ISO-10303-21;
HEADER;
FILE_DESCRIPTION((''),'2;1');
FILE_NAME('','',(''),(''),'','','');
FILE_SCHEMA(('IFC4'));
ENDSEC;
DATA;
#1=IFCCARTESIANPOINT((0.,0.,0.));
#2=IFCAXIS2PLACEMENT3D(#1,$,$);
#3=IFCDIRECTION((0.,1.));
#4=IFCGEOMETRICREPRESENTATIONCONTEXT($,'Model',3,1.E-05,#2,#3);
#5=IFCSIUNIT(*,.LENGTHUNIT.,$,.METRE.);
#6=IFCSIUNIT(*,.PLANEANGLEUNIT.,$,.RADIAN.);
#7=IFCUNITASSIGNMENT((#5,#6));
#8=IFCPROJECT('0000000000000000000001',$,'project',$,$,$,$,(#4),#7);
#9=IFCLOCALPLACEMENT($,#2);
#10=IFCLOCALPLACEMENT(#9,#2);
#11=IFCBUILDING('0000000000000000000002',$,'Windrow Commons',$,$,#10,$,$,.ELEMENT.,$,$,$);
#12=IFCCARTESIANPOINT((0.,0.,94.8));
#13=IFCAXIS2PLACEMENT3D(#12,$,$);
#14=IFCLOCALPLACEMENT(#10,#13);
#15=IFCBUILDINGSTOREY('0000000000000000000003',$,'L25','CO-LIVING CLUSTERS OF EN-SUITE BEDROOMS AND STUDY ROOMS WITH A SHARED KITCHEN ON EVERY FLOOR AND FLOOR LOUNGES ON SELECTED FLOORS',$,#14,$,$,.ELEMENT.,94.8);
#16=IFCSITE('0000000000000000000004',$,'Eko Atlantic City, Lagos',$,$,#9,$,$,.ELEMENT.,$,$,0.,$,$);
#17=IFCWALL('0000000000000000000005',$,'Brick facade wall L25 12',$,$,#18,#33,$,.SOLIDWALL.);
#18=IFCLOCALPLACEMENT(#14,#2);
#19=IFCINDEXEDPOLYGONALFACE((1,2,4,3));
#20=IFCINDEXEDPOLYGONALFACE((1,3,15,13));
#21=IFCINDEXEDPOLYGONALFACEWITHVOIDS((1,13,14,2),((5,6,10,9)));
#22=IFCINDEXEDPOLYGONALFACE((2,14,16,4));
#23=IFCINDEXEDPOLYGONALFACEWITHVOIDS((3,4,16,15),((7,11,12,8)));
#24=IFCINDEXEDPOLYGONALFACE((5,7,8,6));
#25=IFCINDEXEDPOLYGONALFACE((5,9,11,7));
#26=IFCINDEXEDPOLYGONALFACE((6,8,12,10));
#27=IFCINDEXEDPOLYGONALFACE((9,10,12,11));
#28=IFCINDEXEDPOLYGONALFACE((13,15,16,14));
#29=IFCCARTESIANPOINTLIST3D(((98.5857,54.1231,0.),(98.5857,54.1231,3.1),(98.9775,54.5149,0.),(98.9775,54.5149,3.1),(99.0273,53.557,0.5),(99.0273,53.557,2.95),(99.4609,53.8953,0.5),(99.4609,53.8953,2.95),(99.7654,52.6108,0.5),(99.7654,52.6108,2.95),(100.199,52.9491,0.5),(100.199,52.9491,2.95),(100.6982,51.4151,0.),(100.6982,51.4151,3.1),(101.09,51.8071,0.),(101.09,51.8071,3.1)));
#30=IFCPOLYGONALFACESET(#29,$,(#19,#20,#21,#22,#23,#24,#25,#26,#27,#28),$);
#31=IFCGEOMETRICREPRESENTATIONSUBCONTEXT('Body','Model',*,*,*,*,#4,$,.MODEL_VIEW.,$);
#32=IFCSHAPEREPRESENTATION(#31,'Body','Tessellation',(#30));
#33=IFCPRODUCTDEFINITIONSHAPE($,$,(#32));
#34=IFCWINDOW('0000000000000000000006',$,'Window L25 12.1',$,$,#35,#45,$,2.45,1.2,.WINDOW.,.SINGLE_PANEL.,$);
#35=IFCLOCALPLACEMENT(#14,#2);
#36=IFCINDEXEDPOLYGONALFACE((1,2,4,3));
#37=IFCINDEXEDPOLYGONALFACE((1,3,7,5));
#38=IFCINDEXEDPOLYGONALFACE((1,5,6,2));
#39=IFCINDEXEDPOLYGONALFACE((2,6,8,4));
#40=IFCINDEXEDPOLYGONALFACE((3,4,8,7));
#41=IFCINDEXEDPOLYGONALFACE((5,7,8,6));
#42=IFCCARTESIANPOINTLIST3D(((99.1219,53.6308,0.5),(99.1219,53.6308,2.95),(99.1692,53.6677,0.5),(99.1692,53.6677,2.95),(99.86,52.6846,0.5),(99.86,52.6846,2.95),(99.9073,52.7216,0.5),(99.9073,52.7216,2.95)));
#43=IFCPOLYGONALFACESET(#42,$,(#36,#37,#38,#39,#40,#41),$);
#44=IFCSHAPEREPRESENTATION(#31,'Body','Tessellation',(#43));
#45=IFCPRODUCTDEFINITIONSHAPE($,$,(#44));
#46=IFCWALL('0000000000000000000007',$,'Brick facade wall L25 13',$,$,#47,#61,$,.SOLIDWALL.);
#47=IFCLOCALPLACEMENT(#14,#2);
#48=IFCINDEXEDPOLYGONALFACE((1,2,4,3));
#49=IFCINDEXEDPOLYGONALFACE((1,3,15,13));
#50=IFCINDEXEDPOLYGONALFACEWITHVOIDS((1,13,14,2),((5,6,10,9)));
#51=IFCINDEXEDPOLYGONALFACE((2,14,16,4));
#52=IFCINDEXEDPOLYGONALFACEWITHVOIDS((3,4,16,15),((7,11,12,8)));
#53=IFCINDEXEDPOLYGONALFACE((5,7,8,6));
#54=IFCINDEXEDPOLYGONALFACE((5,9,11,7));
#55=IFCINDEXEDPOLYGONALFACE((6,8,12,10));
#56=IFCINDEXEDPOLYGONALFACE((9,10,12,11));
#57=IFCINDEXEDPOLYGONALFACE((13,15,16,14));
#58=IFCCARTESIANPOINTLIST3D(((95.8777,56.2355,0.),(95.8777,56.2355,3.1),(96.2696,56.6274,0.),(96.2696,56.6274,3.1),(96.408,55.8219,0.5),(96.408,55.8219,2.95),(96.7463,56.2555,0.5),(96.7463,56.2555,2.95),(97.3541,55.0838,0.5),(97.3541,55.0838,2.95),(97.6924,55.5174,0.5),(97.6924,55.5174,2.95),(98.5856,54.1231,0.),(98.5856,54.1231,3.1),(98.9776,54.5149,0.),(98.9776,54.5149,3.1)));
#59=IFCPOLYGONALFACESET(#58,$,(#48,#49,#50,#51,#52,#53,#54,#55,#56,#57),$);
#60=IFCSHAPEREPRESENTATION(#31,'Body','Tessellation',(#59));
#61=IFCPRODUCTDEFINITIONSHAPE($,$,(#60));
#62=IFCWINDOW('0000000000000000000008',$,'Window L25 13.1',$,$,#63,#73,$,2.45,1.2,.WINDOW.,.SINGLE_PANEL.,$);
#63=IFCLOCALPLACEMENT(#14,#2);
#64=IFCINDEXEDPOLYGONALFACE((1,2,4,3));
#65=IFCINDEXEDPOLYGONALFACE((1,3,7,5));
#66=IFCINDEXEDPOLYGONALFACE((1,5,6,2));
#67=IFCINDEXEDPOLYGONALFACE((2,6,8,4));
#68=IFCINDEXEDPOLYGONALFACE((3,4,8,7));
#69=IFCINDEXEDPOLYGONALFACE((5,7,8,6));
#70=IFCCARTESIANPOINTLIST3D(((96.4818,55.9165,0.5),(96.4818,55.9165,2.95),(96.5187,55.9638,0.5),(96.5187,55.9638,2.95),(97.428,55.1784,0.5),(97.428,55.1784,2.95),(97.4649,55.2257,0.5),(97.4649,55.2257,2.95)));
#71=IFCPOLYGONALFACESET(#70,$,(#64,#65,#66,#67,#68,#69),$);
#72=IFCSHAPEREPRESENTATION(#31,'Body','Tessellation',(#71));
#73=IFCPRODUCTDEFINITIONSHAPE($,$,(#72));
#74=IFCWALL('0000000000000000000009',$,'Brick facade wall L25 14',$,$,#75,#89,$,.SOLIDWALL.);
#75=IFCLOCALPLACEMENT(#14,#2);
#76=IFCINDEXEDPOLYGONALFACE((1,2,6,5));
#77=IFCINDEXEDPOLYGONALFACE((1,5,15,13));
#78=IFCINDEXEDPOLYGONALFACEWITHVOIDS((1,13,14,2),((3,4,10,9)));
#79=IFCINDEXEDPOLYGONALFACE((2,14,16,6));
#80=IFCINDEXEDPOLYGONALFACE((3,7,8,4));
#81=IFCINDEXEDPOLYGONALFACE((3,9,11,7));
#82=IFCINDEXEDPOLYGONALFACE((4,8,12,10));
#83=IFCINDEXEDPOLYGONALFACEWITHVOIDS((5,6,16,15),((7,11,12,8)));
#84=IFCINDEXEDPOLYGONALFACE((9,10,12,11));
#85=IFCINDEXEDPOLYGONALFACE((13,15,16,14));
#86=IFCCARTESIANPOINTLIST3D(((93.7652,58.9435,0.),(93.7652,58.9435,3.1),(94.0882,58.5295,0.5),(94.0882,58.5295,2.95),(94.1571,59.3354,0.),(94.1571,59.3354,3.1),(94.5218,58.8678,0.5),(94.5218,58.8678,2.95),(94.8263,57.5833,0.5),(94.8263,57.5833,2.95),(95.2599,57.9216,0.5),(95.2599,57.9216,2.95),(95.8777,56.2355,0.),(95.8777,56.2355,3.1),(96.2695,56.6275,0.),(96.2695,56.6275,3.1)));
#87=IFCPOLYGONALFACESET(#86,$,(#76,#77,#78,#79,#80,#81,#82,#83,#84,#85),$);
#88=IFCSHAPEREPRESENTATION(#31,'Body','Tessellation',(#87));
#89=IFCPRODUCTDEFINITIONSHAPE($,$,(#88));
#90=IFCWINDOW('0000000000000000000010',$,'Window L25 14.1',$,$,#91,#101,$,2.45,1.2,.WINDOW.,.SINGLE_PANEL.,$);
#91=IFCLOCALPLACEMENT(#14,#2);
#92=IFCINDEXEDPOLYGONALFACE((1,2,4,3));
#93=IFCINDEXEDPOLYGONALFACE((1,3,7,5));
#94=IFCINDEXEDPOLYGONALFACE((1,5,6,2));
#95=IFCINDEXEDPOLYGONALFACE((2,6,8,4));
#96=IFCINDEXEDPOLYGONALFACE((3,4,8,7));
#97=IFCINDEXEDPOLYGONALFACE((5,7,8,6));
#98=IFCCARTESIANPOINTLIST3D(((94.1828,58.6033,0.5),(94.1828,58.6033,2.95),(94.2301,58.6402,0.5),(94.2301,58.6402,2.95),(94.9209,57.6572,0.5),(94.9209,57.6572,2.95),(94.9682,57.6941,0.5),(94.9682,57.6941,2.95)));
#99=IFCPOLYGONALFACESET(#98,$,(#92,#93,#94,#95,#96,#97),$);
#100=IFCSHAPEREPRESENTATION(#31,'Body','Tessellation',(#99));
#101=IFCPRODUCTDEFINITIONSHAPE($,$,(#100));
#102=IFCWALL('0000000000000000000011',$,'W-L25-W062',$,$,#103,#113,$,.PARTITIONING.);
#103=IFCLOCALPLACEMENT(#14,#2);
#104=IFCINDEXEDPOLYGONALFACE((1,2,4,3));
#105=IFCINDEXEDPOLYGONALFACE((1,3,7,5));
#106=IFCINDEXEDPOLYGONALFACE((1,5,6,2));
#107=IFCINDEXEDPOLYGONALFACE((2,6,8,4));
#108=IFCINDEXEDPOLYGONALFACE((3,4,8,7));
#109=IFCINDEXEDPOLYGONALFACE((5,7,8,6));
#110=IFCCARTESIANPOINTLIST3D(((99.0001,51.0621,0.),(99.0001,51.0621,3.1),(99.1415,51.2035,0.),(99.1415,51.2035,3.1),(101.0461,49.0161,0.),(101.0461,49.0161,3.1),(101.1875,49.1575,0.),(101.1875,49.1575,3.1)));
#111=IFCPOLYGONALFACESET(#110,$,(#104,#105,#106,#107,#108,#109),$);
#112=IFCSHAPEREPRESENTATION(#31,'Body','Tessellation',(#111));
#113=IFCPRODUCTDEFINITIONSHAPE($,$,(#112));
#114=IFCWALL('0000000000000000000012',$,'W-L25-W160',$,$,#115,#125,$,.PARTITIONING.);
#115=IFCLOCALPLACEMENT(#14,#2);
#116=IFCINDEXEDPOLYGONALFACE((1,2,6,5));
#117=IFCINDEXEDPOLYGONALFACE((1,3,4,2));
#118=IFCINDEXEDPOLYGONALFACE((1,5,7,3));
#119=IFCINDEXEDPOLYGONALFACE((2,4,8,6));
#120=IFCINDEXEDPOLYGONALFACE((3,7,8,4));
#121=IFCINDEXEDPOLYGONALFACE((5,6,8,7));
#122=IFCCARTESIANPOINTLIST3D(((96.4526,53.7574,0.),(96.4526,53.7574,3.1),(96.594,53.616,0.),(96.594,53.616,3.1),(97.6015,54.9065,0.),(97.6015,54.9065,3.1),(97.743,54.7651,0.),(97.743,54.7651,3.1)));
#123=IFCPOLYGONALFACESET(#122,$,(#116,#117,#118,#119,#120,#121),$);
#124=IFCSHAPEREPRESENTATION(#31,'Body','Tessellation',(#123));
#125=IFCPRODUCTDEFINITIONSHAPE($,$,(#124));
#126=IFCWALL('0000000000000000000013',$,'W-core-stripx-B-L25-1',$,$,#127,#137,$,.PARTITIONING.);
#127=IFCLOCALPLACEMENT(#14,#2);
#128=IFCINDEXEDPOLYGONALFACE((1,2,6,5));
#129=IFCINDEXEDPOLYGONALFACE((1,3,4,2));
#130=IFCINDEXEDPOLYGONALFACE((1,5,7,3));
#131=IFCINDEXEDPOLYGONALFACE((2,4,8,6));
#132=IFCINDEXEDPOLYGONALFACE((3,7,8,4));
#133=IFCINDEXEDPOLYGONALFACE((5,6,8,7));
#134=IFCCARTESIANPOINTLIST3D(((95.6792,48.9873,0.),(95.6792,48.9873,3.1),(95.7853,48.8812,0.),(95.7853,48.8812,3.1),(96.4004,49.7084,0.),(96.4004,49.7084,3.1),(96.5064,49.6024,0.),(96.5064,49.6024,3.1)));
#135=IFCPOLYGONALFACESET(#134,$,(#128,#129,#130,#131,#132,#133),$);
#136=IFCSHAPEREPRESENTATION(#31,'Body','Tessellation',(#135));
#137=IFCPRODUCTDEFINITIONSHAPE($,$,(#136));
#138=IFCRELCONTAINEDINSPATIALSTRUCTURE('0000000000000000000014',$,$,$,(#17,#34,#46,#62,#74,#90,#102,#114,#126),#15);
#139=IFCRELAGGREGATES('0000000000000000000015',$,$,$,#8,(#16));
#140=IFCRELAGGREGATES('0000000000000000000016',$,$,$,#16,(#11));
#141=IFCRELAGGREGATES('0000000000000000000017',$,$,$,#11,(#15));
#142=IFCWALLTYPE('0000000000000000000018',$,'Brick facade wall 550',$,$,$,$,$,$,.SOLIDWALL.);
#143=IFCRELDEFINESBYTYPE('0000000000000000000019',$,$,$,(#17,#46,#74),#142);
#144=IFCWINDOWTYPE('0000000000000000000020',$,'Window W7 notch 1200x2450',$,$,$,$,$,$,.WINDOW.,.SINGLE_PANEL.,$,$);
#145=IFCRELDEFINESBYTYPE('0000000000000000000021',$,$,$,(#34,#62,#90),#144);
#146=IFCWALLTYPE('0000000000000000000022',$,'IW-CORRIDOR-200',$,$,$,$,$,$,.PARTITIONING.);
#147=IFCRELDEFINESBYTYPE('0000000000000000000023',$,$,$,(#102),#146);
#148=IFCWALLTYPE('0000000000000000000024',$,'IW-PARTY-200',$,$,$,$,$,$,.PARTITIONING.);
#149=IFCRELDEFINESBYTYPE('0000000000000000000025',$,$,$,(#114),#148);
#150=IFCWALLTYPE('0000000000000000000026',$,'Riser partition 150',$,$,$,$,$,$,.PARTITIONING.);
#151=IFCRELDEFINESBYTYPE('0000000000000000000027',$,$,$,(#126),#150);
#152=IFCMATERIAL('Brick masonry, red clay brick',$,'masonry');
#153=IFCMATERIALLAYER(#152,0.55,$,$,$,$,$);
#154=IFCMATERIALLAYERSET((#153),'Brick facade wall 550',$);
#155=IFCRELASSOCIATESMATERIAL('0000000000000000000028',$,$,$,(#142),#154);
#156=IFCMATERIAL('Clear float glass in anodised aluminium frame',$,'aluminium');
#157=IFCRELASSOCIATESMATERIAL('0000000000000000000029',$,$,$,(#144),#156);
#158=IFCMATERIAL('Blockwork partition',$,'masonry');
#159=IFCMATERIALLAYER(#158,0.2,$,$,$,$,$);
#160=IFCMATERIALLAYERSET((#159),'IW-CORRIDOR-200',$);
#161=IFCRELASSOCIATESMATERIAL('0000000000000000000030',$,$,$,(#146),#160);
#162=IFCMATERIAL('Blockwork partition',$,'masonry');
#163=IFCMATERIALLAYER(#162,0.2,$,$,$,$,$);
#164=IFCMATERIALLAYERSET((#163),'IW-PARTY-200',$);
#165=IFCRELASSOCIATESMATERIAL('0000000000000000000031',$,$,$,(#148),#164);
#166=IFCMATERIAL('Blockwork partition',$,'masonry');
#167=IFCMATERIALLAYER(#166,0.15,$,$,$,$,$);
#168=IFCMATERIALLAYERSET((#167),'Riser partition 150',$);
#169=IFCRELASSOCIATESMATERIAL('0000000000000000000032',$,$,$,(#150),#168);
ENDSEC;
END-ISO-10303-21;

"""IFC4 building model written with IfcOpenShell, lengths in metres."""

from ifc_helpers import new_model, si_unit, direction, frame, frame_2d, origin, place, context, subcontext, project, spatial, polyline, rectangle, outline, extrude, material, layer, layer_set, type_object, element, fill, save


model = new_model("IFC4")

# Units and contexts
model_context = context("Model", 3, precision=1e-05, world=origin(), true_north=direction((0.0, 1.0)))
body_context = subcontext(model_context, "Body", "Model", "MODEL_VIEW")
ifc_project = project(units=[si_unit("LENGTHUNIT", "METRE"), si_unit("PLANEANGLEUNIT", "RADIAN")], contexts=[model_context])

# Site, building, storey
site_placement = place(None, origin())
site = spatial("IfcSite", under=ifc_project, at=site_placement, Name="Eko Atlantic City, Lagos", CompositionType="ELEMENT", RefElevation=0.0)
building_placement = place(site_placement, origin())
building = spatial("IfcBuilding", under=site, at=building_placement, Name="Windrow Commons", CompositionType="ELEMENT")
storey_placement = place(building_placement, frame((0.0, 0.0, 94.8)))
storey = spatial("IfcBuildingStorey", under=building, at=storey_placement, Name="L25", Description="CO-LIVING CLUSTERS OF EN-SUITE BEDROOMS AND STUDY ROOMS WITH A SHARED KITCHEN ON EVERY FLOOR AND FLOOR LOUNGES ON SELECTED FLOORS", CompositionType="ELEMENT", Elevation=94.8)

# Walls, openings, windows
ifc_material_1 = material(Name="Brick masonry, red clay brick", Category="masonry")
ifc_layer_1 = layer(ifc_material_1, 0.55)
ifc_layer_set_1 = layer_set([ifc_layer_1], Name="Brick facade wall 550")
wall_type_1 = type_object("IfcWallType", Name="Brick facade wall 550", PredefinedType="SOLIDWALL", material=ifc_layer_set_1)
ifc_material_2 = material(Name="Clear float glass in anodised aluminium frame", Category="aluminium")
window_type = type_object("IfcWindowType", Name="Window W7 notch 1200x2450", PartitioningType="SINGLE_PANEL", PredefinedType="WINDOW", material=ifc_material_2)
wall_1_placement = place(storey_placement, frame((100.8941, 51.6111, 0.0), z_axis=(0.0, 0.0, 1.0), x_axis=(-0.615093, 0.788455, 0.0)))
wall_1 = element("IfcWall", 1, at=wall_1_placement, inside=storey, type_object=wall_type_1, Name="Brick facade wall L25 12", PredefinedType="SOLIDWALL", context=body_context, shape_type="SweptSolid", body=[
    extrude(outline(polyline([(0.034, -0.275), (3.4684, -0.275), (3.4005, 0.275), (-0.034, 0.275), (0.034, -0.275)])), origin(), (0.0, 0.0, 1.0), 3.1),
])
opening_1_placement = place(wall_1_placement, frame((1.4825, 0.0, 0.5)))
opening_1 = element("IfcOpeningElement", 2, at=opening_1_placement, cuts=wall_1, PredefinedType="OPENING", context=body_context, shape_type="SweptSolid", body=[
    extrude(rectangle(XDim=1.2, YDim=2.45, at=frame_2d((0.6, 1.225))), frame((0.0, 0.285, 0.0), z_axis=(0.0, -1.0, 0.0), x_axis=(1.0, 0.0, 0.0)), (0.0, 0.0, 1.0), 0.57),
])
window_1_placement = place(opening_1_placement, origin())
window_1 = element("IfcWindow", 3, at=window_1_placement, inside=storey, type_object=window_type, Name="Window L25 12.1", OverallHeight=2.45, OverallWidth=1.2, PartitioningType="SINGLE_PANEL", PredefinedType="WINDOW", context=body_context, shape_type="SweptSolid", body=[
    extrude(rectangle(XDim=1.2, YDim=2.45, at=frame_2d((0.6, 1.225))), frame((0.0, 0.155, 0.0), z_axis=(0.0, -1.0, 0.0), x_axis=(1.0, 0.0, 0.0)), (0.0, 0.0, 1.0), 0.06),
])
fill(opening_1, window_1)
wall_2_placement = place(storey_placement, frame((98.7816, 54.319, 0.0), z_axis=(0.0, 0.0, 1.0), x_axis=(-0.788466, 0.615079, 0.0)))
wall_2 = element("IfcWall", 4, at=wall_2_placement, inside=storey, type_object=wall_type_1, Name="Brick facade wall L25 13", PredefinedType="SOLIDWALL", context=body_context, shape_type="SweptSolid", body=[
    extrude(outline(polyline([(-0.034, -0.275), (3.4005, -0.275), (3.4684, 0.275), (0.034, 0.275), (-0.034, -0.275)])), origin(), (0.0, 0.0, 1.0), 3.1),
])
opening_2_placement = place(wall_2_placement, frame((1.5959, 0.0, 0.5)))
opening_2 = element("IfcOpeningElement", 5, at=opening_2_placement, cuts=wall_2, PredefinedType="OPENING", context=body_context, shape_type="SweptSolid", body=[
    extrude(rectangle(XDim=1.2, YDim=2.45, at=frame_2d((0.6, 1.225))), frame((0.0, 0.285, 0.0), z_axis=(0.0, -1.0, 0.0), x_axis=(1.0, 0.0, 0.0)), (0.0, 0.0, 1.0), 0.57),
])
window_2_placement = place(opening_2_placement, origin())
window_2 = element("IfcWindow", 6, at=window_2_placement, inside=storey, type_object=window_type, Name="Window L25 13.1", OverallHeight=2.45, OverallWidth=1.2, PartitioningType="SINGLE_PANEL", PredefinedType="WINDOW", context=body_context, shape_type="SweptSolid", body=[
    extrude(rectangle(XDim=1.2, YDim=2.45, at=frame_2d((0.6, 1.225))), frame((0.0, 0.155, 0.0), z_axis=(0.0, -1.0, 0.0), x_axis=(1.0, 0.0, 0.0)), (0.0, 0.0, 1.0), 0.06),
])
fill(opening_2, window_2)
wall_3_placement = place(storey_placement, frame((96.0736, 56.4315, 0.0), z_axis=(0.0, 0.0, 1.0), x_axis=(-0.615079, 0.788466, 0.0)))
wall_3 = element("IfcWall", 7, at=wall_3_placement, inside=storey, type_object=wall_type_1, Name="Brick facade wall L25 14", PredefinedType="SOLIDWALL", context=body_context, shape_type="SweptSolid", body=[
    extrude(outline(polyline([(0.034, -0.275), (3.4684, -0.275), (3.4005, 0.275), (-0.034, 0.275), (0.034, -0.275)])), origin(), (0.0, 0.0, 1.0), 3.1),
])
opening_3_placement = place(wall_3_placement, frame((1.6754, 0.0, 0.5)))
opening_3 = element("IfcOpeningElement", 8, at=opening_3_placement, cuts=wall_3, PredefinedType="OPENING", context=body_context, shape_type="SweptSolid", body=[
    extrude(rectangle(XDim=1.2, YDim=2.45, at=frame_2d((0.6, 1.225))), frame((0.0, 0.285, 0.0), z_axis=(0.0, -1.0, 0.0), x_axis=(1.0, 0.0, 0.0)), (0.0, 0.0, 1.0), 0.57),
])
window_3_placement = place(opening_3_placement, origin())
window_3 = element("IfcWindow", 9, at=window_3_placement, inside=storey, type_object=window_type, Name="Window L25 14.1", OverallHeight=2.45, OverallWidth=1.2, PartitioningType="SINGLE_PANEL", PredefinedType="WINDOW", context=body_context, shape_type="SweptSolid", body=[
    extrude(rectangle(XDim=1.2, YDim=2.45, at=frame_2d((0.6, 1.225))), frame((0.0, 0.155, 0.0), z_axis=(0.0, -1.0, 0.0), x_axis=(1.0, 0.0, 0.0)), (0.0, 0.0, 1.0), 0.06),
])
fill(opening_3, window_3)

# Walls
ifc_material_3 = material(Name="Blockwork partition", Category="masonry")
ifc_layer_2 = layer(ifc_material_3, 0.2)
ifc_layer_set_2 = layer_set([ifc_layer_2], Name="IW-CORRIDOR-200")
wall_type_2 = type_object("IfcWallType", Name="IW-CORRIDOR-200", PredefinedType="PARTITIONING", material=ifc_layer_set_2)
wall_4_placement = place(storey_placement, frame((99.0708, 51.1328, 0.0), z_axis=(0.0, 0.0, 1.0), x_axis=(0.707107, -0.707107, 0.0)))
element("IfcWall", 10, at=wall_4_placement, inside=storey, type_object=wall_type_2, Name="W-L25-W062", PredefinedType="PARTITIONING", context=body_context, shape_type="SweptSolid", body=[
    extrude(rectangle(XDim=2.8935, YDim=0.2, at=frame_2d((1.4467, 0.0))), origin(), (0.0, 0.0, 1.0), 3.1),
])
ifc_material_4 = material(Name="Blockwork partition", Category="masonry")
ifc_layer_3 = layer(ifc_material_4, 0.2)
ifc_layer_set_3 = layer_set([ifc_layer_3], Name="IW-PARTY-200")
wall_type_3 = type_object("IfcWallType", Name="IW-PARTY-200", PredefinedType="PARTITIONING", material=ifc_layer_set_3)
wall_5_placement = place(storey_placement, frame((96.5233, 53.6867, 0.0), z_axis=(0.0, 0.0, 1.0), x_axis=(0.707076, 0.707138, 0.0)))
element("IfcWall", 11, at=wall_5_placement, inside=storey, type_object=wall_type_3, Name="W-L25-W160", PredefinedType="PARTITIONING", context=body_context, shape_type="SweptSolid", body=[
    extrude(rectangle(XDim=1.6249, YDim=0.2, at=frame_2d((0.8125, 0.0))), origin(), (0.0, 0.0, 1.0), 3.1),
])
ifc_material_5 = material(Name="Blockwork partition", Category="masonry")
ifc_layer_4 = layer(ifc_material_5, 0.15)
ifc_layer_set_4 = layer_set([ifc_layer_4], Name="Riser partition 150")
wall_type_4 = type_object("IfcWallType", Name="Riser partition 150", PredefinedType="PARTITIONING", material=ifc_layer_set_4)
wall_6_placement = place(storey_placement, frame((95.7322, 48.9342, 0.0), z_axis=(0.0, 0.0, 1.0), x_axis=(0.707107, 0.707107, 0.0)))
element("IfcWall", 12, at=wall_6_placement, inside=storey, type_object=wall_type_4, Name="W-core-stripx-B-L25-1", PredefinedType="PARTITIONING", context=body_context, shape_type="SweptSolid", body=[
    extrude(rectangle(XDim=1.0199, YDim=0.15, at=frame_2d((0.51, 0.0))), origin(), (0.0, 0.0, 1.0), 3.1),
])

save(model, "model.ifc")
